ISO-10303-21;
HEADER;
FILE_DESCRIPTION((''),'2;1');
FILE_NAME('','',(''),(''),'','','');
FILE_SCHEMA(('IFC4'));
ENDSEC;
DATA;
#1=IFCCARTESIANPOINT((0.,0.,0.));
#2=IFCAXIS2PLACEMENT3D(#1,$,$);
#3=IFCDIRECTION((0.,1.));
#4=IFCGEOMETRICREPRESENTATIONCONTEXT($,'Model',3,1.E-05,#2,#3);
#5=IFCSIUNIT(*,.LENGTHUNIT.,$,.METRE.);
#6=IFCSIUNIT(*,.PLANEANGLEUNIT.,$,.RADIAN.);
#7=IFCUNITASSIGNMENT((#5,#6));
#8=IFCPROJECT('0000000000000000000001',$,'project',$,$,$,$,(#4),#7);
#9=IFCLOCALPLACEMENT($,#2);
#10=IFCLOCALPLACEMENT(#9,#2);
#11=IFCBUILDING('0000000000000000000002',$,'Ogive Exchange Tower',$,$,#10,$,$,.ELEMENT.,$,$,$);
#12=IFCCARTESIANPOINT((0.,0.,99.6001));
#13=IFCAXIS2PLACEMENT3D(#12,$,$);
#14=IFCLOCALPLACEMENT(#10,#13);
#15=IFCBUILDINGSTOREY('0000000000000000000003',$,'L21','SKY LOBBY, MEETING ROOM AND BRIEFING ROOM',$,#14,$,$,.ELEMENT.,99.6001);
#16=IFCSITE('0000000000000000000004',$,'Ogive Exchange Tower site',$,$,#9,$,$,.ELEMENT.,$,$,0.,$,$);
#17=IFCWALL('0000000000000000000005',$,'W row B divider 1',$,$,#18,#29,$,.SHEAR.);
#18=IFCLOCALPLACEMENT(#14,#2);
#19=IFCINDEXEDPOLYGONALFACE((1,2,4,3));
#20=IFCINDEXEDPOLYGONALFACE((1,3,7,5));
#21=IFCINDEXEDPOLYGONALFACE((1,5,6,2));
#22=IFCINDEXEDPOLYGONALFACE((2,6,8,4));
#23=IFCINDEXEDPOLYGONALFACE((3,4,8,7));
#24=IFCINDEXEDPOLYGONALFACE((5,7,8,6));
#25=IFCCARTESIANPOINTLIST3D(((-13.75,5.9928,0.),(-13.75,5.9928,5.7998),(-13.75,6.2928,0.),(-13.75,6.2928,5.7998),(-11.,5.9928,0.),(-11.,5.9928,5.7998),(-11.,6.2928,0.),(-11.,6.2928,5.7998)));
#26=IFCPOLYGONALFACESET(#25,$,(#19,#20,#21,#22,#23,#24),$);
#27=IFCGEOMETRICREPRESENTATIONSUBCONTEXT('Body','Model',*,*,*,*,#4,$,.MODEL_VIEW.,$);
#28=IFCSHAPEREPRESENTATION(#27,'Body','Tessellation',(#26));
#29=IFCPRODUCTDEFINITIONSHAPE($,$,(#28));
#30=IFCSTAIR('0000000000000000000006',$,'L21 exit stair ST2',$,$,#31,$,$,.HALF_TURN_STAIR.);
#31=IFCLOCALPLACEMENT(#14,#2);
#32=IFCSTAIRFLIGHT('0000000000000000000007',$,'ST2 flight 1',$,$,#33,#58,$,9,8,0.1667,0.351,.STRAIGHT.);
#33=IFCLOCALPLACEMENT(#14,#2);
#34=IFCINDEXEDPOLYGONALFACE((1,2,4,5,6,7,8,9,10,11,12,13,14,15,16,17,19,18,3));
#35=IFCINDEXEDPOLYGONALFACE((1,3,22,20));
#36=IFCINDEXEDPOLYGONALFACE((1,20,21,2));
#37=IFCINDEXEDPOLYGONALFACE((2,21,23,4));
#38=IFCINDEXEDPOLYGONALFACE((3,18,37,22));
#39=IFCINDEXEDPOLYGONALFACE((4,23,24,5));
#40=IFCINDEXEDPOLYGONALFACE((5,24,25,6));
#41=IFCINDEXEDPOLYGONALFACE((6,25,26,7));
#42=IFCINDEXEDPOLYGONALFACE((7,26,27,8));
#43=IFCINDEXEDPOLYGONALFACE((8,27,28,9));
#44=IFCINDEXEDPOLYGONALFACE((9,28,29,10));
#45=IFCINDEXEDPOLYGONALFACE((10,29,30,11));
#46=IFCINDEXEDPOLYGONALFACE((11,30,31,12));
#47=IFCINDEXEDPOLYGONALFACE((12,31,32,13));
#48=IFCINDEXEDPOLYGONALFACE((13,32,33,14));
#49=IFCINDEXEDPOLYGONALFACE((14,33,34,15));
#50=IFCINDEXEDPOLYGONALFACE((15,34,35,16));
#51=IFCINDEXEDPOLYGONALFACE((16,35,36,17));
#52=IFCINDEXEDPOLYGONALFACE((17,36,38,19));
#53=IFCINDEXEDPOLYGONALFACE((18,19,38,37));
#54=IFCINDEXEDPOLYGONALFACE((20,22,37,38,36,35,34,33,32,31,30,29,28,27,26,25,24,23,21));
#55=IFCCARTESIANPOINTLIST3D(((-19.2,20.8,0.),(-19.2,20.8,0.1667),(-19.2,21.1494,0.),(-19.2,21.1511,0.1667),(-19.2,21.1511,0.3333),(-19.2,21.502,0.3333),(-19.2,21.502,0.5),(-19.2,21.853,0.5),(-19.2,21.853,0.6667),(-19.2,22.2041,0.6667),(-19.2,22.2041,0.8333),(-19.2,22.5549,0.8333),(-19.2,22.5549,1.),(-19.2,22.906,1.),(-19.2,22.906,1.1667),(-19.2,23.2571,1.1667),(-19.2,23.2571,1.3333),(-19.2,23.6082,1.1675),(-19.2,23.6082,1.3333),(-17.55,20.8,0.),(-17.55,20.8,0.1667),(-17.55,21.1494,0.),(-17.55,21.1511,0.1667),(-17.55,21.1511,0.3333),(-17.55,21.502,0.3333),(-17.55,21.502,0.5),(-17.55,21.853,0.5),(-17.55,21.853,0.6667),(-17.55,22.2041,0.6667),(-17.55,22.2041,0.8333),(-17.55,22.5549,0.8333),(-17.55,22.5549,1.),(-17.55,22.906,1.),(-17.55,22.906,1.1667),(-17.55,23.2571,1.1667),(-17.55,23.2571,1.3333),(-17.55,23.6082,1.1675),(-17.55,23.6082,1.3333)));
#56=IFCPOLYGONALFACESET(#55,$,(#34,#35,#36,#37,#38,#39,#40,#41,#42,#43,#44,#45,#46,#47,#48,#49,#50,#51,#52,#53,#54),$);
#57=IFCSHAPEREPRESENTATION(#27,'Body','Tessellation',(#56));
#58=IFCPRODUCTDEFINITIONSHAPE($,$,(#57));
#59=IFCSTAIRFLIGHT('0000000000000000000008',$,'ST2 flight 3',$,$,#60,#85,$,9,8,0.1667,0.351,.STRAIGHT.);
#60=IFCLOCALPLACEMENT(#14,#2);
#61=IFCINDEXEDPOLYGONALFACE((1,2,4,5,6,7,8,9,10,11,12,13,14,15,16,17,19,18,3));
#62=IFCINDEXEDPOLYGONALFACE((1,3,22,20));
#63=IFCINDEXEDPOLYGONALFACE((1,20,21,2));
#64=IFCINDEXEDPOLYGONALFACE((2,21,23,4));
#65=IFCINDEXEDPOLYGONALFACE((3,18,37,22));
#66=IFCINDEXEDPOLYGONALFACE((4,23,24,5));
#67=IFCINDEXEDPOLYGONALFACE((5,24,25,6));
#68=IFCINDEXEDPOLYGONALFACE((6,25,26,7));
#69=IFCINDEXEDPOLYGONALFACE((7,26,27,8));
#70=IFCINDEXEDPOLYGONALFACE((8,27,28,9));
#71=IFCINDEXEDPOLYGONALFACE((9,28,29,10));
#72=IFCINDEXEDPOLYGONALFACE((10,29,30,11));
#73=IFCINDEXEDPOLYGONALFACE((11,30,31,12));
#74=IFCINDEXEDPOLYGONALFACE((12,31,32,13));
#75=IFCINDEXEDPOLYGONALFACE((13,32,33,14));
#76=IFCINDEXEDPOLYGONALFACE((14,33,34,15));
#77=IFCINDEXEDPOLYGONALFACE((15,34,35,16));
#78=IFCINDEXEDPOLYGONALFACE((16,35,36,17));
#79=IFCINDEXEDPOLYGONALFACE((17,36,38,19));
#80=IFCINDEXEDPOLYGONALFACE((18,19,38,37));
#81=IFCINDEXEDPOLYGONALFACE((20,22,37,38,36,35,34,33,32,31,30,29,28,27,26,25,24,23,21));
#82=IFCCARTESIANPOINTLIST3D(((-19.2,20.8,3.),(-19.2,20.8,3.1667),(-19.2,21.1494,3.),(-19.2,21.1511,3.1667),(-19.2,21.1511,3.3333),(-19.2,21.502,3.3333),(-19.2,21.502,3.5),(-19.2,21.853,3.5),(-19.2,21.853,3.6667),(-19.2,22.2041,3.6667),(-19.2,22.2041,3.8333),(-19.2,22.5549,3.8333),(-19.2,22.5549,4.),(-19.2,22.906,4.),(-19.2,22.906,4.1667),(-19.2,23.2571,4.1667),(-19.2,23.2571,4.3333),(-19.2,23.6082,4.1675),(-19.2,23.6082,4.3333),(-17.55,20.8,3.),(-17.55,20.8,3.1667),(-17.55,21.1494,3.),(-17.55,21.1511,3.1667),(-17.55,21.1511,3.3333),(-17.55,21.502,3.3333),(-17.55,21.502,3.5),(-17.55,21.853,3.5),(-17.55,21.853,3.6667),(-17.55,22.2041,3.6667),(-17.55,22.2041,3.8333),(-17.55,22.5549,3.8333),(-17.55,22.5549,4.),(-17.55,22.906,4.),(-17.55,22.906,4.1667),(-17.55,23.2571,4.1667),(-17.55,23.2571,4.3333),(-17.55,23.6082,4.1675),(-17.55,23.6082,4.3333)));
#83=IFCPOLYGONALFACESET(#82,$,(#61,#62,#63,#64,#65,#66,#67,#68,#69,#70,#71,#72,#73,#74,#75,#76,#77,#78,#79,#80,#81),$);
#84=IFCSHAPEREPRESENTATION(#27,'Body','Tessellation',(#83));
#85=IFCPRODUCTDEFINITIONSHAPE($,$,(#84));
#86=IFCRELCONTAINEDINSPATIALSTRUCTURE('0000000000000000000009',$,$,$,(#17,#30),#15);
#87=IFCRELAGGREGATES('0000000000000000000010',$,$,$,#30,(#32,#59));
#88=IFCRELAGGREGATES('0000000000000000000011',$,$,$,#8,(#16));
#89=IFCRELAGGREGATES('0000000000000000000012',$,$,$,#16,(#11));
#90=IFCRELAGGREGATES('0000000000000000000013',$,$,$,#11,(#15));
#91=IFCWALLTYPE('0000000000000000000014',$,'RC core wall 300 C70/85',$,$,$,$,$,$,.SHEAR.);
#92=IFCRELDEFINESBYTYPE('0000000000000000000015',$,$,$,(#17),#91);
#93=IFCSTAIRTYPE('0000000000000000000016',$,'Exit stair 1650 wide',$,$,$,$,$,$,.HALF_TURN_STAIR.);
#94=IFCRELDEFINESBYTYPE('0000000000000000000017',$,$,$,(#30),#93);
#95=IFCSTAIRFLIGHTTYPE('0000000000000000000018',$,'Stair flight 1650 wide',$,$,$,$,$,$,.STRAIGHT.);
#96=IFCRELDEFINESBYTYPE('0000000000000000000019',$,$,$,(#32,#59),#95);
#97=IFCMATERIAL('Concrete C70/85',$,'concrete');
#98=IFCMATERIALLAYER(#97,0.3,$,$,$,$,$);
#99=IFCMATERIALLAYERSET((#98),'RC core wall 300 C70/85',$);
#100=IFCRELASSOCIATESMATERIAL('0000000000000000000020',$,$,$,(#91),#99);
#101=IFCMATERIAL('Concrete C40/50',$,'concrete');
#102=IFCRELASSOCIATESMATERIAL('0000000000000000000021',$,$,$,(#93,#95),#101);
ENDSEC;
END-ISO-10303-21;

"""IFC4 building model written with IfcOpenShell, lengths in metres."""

from ifc_helpers import new_model, si_unit, direction, frame, frame_2d, origin, place, context, subcontext, project, spatial, polyline, rectangle, outline, extrude, material, layer, layer_set, type_object, element, aggregate, save


model = new_model("IFC4")

# Units and contexts
model_context = context("Model", 3, precision=1e-05, world=origin(), true_north=direction((0.0, 1.0)))
body_context = subcontext(model_context, "Body", "Model", "MODEL_VIEW")
ifc_project = project(units=[si_unit("LENGTHUNIT", "METRE"), si_unit("PLANEANGLEUNIT", "RADIAN")], contexts=[model_context])

# Site, building, storey
site_placement = place(None, origin())
site = spatial("IfcSite", under=ifc_project, at=site_placement, Name="Ogive Exchange Tower site", CompositionType="ELEMENT", RefElevation=0.0)
building_placement = place(site_placement, origin())
building = spatial("IfcBuilding", under=site, at=building_placement, Name="Ogive Exchange Tower", CompositionType="ELEMENT")
storey_placement = place(building_placement, frame((0.0, 0.0, 99.6001)))
storey = spatial("IfcBuildingStorey", under=building, at=storey_placement, Name="L21", Description="SKY LOBBY, MEETING ROOM AND BRIEFING ROOM", CompositionType="ELEMENT", Elevation=99.6001)

# Shared definitions
ifc_material_1 = material(Name="Concrete C70/85", Category="concrete")

# Wall
ifc_layer_1 = layer(ifc_material_1, 0.3)
ifc_layer_set_1 = layer_set([ifc_layer_1], Name="RC core wall 300 C70/85")
wall_type_1 = type_object("IfcWallType", Name="RC core wall 300 C70/85", PredefinedType="SHEAR", material=ifc_layer_set_1)
wall_1_placement = place(storey_placement, frame((-13.75, 6.1428, 0.0), z_axis=(0.0, 0.0, 1.0), x_axis=(1.0, 0.0, 0.0)))
element("IfcWall", 1, at=wall_1_placement, inside=storey, type_object=wall_type_1, Name="W row B divider 1", PredefinedType="SHEAR", context=body_context, shape_type="SweptSolid", body=[
    extrude(rectangle(XDim=2.75, YDim=0.3, at=frame_2d((1.375, 0.0))), origin(), (0.0, 0.0, 1.0), 5.7998),
])

# Stair, stair flights
ifc_material_2 = material(Name="Concrete C40/50", Category="concrete")
stair_type = type_object("IfcStairType", Name="Exit stair 1650 wide", PredefinedType="HALF_TURN_STAIR", material=ifc_material_2)
stair_placement = place(storey_placement, origin())
stair = element("IfcStair", 2, at=stair_placement, inside=storey, type_object=stair_type, Name="L21 exit stair ST2", PredefinedType="HALF_TURN_STAIR")
stair_flight_type = type_object("IfcStairFlightType", Name="Stair flight 1650 wide", PredefinedType="STRAIGHT", material=ifc_material_2)
stair_flight_1_placement = place(storey_placement, frame((-18.375, 20.8, 0.0), z_axis=(0.0, 0.0, 1.0), x_axis=(0.0, 1.0, 0.0)))
stair_flight_1 = element("IfcStairFlight", 3, at=stair_flight_1_placement, type_object=stair_flight_type, Name="ST2 flight 1", NumberOfRisers=9, NumberOfTreads=8, PredefinedType="STRAIGHT", RiserHeight=0.1667, TreadLength=0.351, context=body_context, shape_type="SweptSolid", body=[
    extrude(outline(polyline([(0.0, 0.0), (0.0, 0.1667), (0.3511, 0.1667), (0.3511, 0.3333), (0.7019, 0.3333), (0.7019, 0.5), (1.053, 0.5), (1.053, 0.6667), (1.4041, 0.6667), (1.4041, 0.8333), (1.7549, 0.8333), (1.7549, 1.0), (2.106, 1.0), (2.106, 1.1667), (2.457, 1.1667), (2.457, 1.3333), (2.8081, 1.3333), (2.8081, 1.5), (2.8081, 1.1675), (0.3494, 0.0), (0.0, 0.0)])), frame((0.0, 0.825, 0.0), z_axis=(0.0, -1.0, 0.0), x_axis=(1.0, 0.0, 0.0)), (0.0, 0.0, 1.0), 1.6499),
])
stair_flight_2_placement = place(storey_placement, frame((-18.375, 20.8, 3.0), z_axis=(0.0, 0.0, 1.0), x_axis=(0.0, 1.0, 0.0)))
stair_flight_2 = element("IfcStairFlight", 4, at=stair_flight_2_placement, type_object=stair_flight_type, Name="ST2 flight 3", NumberOfRisers=9, NumberOfTreads=8, PredefinedType="STRAIGHT", RiserHeight=0.1667, TreadLength=0.351, context=body_context, shape_type="SweptSolid", body=[
    extrude(outline(polyline([(0.0, 0.0), (0.0, 0.1667), (0.3511, 0.1667), (0.3511, 0.3333), (0.7019, 0.3333), (0.7019, 0.5), (1.053, 0.5), (1.053, 0.6667), (1.4041, 0.6667), (1.4041, 0.8333), (1.7549, 0.8333), (1.7549, 1.0), (2.106, 1.0), (2.106, 1.1667), (2.457, 1.1667), (2.457, 1.3333), (2.8081, 1.3333), (2.8081, 1.5), (2.8081, 1.1675), (0.3494, 0.0), (0.0, 0.0)])), frame((0.0, 0.825, 0.0), z_axis=(0.0, -1.0, 0.0), x_axis=(1.0, 0.0, 0.0)), (0.0, 0.0, 1.0), 1.6499),
])
aggregate(stair, [stair_flight_1, stair_flight_2])

save(model, "model.ifc")
